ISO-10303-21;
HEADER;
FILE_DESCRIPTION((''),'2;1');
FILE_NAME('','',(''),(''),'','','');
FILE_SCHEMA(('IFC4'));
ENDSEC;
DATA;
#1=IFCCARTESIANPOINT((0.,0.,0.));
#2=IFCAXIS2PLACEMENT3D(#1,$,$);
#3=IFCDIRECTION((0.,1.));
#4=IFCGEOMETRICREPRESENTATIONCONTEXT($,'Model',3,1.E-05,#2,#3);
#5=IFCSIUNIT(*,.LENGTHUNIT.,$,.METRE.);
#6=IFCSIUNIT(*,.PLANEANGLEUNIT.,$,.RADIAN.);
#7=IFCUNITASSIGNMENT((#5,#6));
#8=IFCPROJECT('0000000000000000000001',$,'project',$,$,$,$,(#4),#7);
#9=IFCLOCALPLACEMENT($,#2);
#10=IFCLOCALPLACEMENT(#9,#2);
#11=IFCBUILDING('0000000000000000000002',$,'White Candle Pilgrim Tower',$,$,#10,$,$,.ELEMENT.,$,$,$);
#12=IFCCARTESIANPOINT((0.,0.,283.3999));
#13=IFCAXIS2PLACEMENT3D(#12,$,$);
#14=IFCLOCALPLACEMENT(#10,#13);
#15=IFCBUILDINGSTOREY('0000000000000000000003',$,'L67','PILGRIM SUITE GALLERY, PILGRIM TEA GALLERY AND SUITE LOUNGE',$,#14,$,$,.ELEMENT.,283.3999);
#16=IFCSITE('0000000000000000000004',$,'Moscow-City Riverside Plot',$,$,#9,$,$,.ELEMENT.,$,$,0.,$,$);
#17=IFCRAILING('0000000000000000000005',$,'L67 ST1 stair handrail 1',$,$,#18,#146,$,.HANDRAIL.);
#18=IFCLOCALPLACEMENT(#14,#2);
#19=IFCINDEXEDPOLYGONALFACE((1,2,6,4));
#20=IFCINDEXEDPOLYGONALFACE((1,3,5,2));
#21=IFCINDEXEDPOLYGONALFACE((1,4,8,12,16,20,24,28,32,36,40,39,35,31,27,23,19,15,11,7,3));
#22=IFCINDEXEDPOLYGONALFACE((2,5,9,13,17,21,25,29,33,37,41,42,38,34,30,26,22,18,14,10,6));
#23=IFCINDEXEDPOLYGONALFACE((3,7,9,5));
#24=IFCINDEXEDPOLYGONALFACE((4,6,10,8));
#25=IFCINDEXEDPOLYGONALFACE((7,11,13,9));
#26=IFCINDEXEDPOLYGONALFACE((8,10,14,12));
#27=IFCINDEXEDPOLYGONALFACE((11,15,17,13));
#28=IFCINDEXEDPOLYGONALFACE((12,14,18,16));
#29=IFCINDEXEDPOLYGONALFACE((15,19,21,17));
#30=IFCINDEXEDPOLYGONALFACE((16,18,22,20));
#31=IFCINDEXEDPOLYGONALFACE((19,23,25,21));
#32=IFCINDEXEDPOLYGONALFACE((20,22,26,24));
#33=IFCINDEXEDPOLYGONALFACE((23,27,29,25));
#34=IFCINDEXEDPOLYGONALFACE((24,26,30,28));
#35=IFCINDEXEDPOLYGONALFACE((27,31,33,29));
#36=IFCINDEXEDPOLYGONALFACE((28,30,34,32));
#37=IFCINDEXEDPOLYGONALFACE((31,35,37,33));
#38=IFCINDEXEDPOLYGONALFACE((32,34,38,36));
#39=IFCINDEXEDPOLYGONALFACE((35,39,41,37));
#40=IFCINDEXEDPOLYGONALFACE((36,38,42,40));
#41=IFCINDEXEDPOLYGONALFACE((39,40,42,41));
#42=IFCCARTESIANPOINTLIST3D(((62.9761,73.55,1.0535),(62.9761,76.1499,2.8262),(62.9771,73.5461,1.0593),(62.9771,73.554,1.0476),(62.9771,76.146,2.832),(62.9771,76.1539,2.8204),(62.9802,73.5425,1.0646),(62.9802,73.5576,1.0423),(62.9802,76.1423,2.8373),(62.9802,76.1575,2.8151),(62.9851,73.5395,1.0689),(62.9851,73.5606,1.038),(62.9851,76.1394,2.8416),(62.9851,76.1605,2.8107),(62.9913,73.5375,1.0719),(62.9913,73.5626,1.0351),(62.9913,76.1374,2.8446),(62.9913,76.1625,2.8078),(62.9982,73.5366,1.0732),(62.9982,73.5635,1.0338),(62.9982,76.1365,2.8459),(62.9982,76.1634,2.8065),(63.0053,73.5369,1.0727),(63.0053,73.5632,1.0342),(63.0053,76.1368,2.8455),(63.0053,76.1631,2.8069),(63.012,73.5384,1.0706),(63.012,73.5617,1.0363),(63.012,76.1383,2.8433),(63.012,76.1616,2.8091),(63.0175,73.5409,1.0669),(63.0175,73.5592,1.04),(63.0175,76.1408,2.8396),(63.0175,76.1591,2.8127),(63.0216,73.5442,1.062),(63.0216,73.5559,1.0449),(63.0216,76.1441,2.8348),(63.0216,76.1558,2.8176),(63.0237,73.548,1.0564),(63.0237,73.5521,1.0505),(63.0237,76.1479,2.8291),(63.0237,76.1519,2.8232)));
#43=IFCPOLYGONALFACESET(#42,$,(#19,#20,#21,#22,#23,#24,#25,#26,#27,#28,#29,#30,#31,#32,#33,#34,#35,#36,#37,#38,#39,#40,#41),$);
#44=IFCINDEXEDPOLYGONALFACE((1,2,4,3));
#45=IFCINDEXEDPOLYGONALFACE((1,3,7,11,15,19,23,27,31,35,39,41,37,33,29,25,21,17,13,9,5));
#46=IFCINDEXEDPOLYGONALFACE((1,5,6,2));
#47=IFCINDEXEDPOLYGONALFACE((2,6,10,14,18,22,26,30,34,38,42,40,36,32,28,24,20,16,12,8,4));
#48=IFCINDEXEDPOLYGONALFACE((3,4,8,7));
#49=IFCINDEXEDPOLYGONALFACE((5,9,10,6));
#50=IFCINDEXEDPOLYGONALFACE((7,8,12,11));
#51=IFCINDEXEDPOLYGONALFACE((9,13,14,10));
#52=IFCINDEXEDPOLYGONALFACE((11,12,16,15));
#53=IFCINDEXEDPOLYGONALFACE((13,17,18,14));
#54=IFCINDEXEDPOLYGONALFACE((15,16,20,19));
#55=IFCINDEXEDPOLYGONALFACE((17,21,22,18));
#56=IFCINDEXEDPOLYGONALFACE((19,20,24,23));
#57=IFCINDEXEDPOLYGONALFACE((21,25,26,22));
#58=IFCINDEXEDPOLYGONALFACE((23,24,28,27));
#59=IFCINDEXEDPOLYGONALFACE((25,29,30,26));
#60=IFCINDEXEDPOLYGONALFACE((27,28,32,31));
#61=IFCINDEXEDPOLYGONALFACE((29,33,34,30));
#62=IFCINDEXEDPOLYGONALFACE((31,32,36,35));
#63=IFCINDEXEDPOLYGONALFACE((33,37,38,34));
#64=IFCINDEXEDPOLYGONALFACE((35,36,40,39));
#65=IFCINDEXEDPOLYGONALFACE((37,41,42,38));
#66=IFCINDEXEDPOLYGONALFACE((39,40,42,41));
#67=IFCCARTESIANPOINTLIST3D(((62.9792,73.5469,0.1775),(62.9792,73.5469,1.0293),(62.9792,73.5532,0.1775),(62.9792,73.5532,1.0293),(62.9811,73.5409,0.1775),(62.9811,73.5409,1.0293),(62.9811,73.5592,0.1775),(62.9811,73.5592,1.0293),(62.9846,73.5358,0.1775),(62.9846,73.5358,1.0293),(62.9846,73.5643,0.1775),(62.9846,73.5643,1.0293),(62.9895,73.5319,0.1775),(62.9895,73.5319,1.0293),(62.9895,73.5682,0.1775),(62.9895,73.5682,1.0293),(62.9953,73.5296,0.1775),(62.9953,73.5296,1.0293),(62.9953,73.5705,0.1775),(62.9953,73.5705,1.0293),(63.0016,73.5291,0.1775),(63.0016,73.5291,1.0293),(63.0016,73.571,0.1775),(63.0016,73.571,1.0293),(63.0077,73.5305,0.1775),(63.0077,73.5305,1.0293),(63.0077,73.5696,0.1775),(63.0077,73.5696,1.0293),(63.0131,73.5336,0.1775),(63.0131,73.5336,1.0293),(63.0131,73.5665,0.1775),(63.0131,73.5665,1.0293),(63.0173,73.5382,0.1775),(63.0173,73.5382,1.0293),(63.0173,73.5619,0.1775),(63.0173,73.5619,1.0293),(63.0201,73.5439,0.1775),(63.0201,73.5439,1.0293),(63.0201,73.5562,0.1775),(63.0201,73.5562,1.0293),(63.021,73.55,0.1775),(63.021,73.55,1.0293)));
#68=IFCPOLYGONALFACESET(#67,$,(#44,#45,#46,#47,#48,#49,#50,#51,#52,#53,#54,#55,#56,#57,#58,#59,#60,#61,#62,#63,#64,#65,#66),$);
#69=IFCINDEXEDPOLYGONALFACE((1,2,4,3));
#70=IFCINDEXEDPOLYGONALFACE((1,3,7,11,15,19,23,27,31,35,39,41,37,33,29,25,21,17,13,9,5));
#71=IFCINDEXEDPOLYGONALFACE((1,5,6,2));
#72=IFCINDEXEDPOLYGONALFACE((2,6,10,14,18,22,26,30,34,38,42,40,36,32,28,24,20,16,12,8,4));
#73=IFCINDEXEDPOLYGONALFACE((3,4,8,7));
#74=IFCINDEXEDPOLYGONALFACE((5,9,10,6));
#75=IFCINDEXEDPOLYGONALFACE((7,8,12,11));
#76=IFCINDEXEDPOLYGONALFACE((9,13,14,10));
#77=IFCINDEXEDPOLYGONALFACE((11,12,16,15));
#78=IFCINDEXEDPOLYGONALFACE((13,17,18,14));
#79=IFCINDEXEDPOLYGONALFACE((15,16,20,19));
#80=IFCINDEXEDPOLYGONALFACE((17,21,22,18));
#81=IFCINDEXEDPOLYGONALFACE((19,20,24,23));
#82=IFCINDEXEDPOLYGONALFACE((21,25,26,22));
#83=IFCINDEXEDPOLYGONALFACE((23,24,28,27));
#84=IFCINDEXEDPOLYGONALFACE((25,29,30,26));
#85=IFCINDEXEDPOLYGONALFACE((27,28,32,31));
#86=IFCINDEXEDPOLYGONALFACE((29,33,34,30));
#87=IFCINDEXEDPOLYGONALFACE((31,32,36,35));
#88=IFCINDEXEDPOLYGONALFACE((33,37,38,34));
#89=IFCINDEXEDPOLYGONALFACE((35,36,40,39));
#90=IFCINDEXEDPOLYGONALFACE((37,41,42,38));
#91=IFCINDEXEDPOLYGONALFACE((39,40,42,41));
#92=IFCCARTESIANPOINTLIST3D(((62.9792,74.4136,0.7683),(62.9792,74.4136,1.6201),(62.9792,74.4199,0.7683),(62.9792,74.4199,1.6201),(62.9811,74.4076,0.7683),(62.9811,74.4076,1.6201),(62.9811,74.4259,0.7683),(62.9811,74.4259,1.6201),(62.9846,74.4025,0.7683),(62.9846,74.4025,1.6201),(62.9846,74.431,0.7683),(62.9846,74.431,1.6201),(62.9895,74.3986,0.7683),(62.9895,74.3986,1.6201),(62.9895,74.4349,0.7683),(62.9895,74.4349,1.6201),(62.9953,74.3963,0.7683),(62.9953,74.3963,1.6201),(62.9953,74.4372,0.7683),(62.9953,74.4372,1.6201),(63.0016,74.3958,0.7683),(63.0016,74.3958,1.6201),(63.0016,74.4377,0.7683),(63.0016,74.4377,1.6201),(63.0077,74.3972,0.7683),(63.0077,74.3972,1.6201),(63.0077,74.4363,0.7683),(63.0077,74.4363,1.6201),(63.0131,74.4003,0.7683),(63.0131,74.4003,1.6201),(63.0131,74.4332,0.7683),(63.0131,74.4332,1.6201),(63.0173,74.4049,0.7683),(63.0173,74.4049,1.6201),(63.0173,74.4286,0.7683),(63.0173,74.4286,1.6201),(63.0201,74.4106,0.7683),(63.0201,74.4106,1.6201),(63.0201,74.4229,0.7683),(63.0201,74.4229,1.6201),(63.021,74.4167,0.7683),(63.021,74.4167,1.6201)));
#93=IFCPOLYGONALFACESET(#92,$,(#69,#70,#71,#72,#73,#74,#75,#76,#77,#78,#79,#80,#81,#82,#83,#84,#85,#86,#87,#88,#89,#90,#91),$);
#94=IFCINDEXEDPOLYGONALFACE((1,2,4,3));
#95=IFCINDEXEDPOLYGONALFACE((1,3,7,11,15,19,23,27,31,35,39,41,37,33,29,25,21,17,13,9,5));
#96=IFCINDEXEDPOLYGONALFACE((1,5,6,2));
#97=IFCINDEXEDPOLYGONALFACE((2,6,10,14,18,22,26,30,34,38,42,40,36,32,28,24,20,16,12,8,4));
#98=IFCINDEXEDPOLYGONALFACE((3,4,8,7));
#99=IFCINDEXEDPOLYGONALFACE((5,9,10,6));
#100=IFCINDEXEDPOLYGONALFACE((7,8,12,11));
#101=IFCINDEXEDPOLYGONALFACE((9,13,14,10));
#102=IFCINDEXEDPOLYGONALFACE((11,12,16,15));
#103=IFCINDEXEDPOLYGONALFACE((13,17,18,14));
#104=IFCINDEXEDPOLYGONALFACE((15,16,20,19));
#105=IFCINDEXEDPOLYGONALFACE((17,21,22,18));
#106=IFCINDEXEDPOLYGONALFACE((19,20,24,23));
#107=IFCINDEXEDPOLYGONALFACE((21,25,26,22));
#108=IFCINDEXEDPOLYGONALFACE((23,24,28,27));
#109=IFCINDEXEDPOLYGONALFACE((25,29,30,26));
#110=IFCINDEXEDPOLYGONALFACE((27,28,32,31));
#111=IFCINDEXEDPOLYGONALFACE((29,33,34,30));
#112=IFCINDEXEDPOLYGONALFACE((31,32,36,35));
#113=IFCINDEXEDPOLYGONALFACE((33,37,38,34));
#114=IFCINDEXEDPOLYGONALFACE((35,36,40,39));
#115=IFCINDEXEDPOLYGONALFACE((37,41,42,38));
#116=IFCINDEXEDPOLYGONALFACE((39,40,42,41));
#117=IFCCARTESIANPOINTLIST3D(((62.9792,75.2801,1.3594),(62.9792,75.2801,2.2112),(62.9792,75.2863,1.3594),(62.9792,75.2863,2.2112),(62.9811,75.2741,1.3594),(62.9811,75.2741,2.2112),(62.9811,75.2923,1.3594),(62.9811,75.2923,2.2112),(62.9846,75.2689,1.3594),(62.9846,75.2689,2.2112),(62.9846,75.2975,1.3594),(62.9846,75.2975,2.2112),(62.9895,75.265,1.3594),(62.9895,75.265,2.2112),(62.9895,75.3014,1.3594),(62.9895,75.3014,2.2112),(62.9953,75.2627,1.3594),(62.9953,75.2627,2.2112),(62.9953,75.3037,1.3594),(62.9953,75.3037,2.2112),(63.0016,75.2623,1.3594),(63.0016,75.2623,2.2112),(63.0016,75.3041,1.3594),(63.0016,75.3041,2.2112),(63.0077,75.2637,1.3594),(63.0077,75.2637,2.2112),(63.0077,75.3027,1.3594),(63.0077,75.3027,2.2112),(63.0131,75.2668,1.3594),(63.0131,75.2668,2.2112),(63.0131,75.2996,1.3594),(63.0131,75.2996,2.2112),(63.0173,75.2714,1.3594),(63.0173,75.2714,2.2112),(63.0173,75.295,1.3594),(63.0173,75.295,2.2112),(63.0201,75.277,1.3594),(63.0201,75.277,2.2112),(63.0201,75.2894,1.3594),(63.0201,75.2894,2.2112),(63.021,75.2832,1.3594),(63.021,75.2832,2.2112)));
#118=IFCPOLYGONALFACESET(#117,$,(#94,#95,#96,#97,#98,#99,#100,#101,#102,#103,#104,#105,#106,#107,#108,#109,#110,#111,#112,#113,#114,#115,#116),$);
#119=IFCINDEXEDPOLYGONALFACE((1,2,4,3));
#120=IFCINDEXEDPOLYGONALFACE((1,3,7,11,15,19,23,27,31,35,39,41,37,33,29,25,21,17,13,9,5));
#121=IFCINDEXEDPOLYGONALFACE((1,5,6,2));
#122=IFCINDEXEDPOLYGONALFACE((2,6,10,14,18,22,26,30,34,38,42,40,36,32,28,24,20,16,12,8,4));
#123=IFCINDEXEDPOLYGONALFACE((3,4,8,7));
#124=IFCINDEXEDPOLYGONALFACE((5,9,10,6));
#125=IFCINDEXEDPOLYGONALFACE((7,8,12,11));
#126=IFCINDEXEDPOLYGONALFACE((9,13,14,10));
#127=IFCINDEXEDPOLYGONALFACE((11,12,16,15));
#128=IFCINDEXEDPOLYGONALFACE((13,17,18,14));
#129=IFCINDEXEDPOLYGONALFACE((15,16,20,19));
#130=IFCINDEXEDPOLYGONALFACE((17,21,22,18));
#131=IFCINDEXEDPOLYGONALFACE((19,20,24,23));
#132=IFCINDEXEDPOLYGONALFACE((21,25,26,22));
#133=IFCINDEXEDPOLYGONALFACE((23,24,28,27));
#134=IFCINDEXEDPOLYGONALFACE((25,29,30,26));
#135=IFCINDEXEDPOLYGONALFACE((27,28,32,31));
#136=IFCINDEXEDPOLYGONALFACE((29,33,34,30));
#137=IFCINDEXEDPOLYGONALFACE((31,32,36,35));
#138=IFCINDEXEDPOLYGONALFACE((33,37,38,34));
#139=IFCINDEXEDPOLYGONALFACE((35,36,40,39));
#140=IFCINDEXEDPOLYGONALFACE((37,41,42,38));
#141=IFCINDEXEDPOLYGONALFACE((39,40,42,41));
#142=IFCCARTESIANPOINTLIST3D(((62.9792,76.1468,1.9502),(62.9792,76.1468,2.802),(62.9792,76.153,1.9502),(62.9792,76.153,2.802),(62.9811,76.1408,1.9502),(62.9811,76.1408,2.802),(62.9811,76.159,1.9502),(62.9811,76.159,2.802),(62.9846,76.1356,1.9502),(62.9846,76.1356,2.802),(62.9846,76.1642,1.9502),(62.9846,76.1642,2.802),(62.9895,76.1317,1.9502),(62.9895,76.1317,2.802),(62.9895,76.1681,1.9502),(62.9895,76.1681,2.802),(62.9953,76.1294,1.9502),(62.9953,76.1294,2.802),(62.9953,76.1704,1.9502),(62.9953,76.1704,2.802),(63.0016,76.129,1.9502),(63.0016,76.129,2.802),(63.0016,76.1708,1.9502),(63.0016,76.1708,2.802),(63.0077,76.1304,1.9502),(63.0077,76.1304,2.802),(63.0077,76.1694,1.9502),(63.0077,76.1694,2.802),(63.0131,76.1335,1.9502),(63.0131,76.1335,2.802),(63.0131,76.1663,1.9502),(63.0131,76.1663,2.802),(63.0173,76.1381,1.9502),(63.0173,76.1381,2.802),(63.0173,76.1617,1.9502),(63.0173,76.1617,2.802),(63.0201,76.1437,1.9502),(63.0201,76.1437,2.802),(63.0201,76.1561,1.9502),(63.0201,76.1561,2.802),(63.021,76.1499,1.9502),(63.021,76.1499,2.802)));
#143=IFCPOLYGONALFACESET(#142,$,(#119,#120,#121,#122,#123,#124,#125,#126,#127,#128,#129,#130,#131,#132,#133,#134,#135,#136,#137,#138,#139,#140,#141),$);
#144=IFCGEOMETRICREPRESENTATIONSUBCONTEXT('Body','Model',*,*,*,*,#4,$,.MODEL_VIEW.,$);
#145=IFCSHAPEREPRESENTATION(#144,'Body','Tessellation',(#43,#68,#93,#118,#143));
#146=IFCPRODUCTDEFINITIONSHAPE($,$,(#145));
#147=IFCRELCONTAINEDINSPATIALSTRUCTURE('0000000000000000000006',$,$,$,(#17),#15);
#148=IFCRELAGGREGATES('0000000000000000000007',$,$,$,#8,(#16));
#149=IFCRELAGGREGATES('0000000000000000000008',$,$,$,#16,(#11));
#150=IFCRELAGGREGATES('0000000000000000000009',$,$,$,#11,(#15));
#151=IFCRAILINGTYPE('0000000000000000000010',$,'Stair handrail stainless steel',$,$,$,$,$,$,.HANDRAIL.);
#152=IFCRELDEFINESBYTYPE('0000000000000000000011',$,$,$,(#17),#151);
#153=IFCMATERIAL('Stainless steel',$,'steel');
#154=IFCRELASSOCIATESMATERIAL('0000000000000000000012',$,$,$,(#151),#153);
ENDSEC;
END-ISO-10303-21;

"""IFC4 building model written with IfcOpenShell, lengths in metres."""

from ifc_helpers import new_model, si_unit, direction, frame, origin, origin_2d, place, context, subcontext, project, spatial, circle, extrude, material, type_object, element, save


model = new_model("IFC4")

# Units and contexts
model_context = context("Model", 3, precision=1e-05, world=origin(), true_north=direction((0.0, 1.0)))
body_context = subcontext(model_context, "Body", "Model", "MODEL_VIEW")
ifc_project = project(units=[si_unit("LENGTHUNIT", "METRE"), si_unit("PLANEANGLEUNIT", "RADIAN")], contexts=[model_context])

# Site, building, storey
site_placement = place(None, origin())
site = spatial("IfcSite", under=ifc_project, at=site_placement, Name="Moscow-City Riverside Plot", CompositionType="ELEMENT", RefElevation=0.0)
building_placement = place(site_placement, origin())
building = spatial("IfcBuilding", under=site, at=building_placement, Name="White Candle Pilgrim Tower", CompositionType="ELEMENT")
storey_placement = place(building_placement, frame((0.0, 0.0, 283.3999)))
storey = spatial("IfcBuildingStorey", under=building, at=storey_placement, Name="L67", Description="PILGRIM SUITE GALLERY, PILGRIM TEA GALLERY AND SUITE LOUNGE", CompositionType="ELEMENT", Elevation=283.3999)

# Railing
ifc_material_1 = material(Name="Stainless steel", Category="steel")
railing_type_1 = type_object("IfcRailingType", Name="Stair handrail stainless steel", PredefinedType="HANDRAIL", material=ifc_material_1)
railing_1_placement = place(storey_placement, frame((63.0, 73.55, 0.1775)))
element("IfcRailing", 1, at=railing_1_placement, inside=storey, type_object=railing_type_1, Name="L67 ST1 stair handrail 1", PredefinedType="HANDRAIL", context=body_context, shape_type="SweptSolid", body=[
    extrude(circle(Radius=0.0239, at=origin_2d()), frame((0.0, 0.0, 0.876), z_axis=(0.0, 0.826216, 0.563354), x_axis=(-1.0, 0.0, 0.0)), (0.0, 0.0, 1.0), 3.1467),
    extrude(circle(Radius=0.021, at=origin_2d()), origin(), (0.0, 0.0, 1.0), 0.8518),
    extrude(circle(Radius=0.021, at=origin_2d()), frame((0.0, 0.8667, 0.5908)), (0.0, 0.0, 1.0), 0.8518),
    extrude(circle(Radius=0.021, at=origin_2d()), frame((0.0, 1.7332, 1.1819)), (0.0, 0.0, 1.0), 0.8518),
    extrude(circle(Radius=0.021, at=origin_2d()), frame((0.0, 2.5999, 1.7727)), (0.0, 0.0, 1.0), 0.8518),
])

save(model, "model.ifc")
